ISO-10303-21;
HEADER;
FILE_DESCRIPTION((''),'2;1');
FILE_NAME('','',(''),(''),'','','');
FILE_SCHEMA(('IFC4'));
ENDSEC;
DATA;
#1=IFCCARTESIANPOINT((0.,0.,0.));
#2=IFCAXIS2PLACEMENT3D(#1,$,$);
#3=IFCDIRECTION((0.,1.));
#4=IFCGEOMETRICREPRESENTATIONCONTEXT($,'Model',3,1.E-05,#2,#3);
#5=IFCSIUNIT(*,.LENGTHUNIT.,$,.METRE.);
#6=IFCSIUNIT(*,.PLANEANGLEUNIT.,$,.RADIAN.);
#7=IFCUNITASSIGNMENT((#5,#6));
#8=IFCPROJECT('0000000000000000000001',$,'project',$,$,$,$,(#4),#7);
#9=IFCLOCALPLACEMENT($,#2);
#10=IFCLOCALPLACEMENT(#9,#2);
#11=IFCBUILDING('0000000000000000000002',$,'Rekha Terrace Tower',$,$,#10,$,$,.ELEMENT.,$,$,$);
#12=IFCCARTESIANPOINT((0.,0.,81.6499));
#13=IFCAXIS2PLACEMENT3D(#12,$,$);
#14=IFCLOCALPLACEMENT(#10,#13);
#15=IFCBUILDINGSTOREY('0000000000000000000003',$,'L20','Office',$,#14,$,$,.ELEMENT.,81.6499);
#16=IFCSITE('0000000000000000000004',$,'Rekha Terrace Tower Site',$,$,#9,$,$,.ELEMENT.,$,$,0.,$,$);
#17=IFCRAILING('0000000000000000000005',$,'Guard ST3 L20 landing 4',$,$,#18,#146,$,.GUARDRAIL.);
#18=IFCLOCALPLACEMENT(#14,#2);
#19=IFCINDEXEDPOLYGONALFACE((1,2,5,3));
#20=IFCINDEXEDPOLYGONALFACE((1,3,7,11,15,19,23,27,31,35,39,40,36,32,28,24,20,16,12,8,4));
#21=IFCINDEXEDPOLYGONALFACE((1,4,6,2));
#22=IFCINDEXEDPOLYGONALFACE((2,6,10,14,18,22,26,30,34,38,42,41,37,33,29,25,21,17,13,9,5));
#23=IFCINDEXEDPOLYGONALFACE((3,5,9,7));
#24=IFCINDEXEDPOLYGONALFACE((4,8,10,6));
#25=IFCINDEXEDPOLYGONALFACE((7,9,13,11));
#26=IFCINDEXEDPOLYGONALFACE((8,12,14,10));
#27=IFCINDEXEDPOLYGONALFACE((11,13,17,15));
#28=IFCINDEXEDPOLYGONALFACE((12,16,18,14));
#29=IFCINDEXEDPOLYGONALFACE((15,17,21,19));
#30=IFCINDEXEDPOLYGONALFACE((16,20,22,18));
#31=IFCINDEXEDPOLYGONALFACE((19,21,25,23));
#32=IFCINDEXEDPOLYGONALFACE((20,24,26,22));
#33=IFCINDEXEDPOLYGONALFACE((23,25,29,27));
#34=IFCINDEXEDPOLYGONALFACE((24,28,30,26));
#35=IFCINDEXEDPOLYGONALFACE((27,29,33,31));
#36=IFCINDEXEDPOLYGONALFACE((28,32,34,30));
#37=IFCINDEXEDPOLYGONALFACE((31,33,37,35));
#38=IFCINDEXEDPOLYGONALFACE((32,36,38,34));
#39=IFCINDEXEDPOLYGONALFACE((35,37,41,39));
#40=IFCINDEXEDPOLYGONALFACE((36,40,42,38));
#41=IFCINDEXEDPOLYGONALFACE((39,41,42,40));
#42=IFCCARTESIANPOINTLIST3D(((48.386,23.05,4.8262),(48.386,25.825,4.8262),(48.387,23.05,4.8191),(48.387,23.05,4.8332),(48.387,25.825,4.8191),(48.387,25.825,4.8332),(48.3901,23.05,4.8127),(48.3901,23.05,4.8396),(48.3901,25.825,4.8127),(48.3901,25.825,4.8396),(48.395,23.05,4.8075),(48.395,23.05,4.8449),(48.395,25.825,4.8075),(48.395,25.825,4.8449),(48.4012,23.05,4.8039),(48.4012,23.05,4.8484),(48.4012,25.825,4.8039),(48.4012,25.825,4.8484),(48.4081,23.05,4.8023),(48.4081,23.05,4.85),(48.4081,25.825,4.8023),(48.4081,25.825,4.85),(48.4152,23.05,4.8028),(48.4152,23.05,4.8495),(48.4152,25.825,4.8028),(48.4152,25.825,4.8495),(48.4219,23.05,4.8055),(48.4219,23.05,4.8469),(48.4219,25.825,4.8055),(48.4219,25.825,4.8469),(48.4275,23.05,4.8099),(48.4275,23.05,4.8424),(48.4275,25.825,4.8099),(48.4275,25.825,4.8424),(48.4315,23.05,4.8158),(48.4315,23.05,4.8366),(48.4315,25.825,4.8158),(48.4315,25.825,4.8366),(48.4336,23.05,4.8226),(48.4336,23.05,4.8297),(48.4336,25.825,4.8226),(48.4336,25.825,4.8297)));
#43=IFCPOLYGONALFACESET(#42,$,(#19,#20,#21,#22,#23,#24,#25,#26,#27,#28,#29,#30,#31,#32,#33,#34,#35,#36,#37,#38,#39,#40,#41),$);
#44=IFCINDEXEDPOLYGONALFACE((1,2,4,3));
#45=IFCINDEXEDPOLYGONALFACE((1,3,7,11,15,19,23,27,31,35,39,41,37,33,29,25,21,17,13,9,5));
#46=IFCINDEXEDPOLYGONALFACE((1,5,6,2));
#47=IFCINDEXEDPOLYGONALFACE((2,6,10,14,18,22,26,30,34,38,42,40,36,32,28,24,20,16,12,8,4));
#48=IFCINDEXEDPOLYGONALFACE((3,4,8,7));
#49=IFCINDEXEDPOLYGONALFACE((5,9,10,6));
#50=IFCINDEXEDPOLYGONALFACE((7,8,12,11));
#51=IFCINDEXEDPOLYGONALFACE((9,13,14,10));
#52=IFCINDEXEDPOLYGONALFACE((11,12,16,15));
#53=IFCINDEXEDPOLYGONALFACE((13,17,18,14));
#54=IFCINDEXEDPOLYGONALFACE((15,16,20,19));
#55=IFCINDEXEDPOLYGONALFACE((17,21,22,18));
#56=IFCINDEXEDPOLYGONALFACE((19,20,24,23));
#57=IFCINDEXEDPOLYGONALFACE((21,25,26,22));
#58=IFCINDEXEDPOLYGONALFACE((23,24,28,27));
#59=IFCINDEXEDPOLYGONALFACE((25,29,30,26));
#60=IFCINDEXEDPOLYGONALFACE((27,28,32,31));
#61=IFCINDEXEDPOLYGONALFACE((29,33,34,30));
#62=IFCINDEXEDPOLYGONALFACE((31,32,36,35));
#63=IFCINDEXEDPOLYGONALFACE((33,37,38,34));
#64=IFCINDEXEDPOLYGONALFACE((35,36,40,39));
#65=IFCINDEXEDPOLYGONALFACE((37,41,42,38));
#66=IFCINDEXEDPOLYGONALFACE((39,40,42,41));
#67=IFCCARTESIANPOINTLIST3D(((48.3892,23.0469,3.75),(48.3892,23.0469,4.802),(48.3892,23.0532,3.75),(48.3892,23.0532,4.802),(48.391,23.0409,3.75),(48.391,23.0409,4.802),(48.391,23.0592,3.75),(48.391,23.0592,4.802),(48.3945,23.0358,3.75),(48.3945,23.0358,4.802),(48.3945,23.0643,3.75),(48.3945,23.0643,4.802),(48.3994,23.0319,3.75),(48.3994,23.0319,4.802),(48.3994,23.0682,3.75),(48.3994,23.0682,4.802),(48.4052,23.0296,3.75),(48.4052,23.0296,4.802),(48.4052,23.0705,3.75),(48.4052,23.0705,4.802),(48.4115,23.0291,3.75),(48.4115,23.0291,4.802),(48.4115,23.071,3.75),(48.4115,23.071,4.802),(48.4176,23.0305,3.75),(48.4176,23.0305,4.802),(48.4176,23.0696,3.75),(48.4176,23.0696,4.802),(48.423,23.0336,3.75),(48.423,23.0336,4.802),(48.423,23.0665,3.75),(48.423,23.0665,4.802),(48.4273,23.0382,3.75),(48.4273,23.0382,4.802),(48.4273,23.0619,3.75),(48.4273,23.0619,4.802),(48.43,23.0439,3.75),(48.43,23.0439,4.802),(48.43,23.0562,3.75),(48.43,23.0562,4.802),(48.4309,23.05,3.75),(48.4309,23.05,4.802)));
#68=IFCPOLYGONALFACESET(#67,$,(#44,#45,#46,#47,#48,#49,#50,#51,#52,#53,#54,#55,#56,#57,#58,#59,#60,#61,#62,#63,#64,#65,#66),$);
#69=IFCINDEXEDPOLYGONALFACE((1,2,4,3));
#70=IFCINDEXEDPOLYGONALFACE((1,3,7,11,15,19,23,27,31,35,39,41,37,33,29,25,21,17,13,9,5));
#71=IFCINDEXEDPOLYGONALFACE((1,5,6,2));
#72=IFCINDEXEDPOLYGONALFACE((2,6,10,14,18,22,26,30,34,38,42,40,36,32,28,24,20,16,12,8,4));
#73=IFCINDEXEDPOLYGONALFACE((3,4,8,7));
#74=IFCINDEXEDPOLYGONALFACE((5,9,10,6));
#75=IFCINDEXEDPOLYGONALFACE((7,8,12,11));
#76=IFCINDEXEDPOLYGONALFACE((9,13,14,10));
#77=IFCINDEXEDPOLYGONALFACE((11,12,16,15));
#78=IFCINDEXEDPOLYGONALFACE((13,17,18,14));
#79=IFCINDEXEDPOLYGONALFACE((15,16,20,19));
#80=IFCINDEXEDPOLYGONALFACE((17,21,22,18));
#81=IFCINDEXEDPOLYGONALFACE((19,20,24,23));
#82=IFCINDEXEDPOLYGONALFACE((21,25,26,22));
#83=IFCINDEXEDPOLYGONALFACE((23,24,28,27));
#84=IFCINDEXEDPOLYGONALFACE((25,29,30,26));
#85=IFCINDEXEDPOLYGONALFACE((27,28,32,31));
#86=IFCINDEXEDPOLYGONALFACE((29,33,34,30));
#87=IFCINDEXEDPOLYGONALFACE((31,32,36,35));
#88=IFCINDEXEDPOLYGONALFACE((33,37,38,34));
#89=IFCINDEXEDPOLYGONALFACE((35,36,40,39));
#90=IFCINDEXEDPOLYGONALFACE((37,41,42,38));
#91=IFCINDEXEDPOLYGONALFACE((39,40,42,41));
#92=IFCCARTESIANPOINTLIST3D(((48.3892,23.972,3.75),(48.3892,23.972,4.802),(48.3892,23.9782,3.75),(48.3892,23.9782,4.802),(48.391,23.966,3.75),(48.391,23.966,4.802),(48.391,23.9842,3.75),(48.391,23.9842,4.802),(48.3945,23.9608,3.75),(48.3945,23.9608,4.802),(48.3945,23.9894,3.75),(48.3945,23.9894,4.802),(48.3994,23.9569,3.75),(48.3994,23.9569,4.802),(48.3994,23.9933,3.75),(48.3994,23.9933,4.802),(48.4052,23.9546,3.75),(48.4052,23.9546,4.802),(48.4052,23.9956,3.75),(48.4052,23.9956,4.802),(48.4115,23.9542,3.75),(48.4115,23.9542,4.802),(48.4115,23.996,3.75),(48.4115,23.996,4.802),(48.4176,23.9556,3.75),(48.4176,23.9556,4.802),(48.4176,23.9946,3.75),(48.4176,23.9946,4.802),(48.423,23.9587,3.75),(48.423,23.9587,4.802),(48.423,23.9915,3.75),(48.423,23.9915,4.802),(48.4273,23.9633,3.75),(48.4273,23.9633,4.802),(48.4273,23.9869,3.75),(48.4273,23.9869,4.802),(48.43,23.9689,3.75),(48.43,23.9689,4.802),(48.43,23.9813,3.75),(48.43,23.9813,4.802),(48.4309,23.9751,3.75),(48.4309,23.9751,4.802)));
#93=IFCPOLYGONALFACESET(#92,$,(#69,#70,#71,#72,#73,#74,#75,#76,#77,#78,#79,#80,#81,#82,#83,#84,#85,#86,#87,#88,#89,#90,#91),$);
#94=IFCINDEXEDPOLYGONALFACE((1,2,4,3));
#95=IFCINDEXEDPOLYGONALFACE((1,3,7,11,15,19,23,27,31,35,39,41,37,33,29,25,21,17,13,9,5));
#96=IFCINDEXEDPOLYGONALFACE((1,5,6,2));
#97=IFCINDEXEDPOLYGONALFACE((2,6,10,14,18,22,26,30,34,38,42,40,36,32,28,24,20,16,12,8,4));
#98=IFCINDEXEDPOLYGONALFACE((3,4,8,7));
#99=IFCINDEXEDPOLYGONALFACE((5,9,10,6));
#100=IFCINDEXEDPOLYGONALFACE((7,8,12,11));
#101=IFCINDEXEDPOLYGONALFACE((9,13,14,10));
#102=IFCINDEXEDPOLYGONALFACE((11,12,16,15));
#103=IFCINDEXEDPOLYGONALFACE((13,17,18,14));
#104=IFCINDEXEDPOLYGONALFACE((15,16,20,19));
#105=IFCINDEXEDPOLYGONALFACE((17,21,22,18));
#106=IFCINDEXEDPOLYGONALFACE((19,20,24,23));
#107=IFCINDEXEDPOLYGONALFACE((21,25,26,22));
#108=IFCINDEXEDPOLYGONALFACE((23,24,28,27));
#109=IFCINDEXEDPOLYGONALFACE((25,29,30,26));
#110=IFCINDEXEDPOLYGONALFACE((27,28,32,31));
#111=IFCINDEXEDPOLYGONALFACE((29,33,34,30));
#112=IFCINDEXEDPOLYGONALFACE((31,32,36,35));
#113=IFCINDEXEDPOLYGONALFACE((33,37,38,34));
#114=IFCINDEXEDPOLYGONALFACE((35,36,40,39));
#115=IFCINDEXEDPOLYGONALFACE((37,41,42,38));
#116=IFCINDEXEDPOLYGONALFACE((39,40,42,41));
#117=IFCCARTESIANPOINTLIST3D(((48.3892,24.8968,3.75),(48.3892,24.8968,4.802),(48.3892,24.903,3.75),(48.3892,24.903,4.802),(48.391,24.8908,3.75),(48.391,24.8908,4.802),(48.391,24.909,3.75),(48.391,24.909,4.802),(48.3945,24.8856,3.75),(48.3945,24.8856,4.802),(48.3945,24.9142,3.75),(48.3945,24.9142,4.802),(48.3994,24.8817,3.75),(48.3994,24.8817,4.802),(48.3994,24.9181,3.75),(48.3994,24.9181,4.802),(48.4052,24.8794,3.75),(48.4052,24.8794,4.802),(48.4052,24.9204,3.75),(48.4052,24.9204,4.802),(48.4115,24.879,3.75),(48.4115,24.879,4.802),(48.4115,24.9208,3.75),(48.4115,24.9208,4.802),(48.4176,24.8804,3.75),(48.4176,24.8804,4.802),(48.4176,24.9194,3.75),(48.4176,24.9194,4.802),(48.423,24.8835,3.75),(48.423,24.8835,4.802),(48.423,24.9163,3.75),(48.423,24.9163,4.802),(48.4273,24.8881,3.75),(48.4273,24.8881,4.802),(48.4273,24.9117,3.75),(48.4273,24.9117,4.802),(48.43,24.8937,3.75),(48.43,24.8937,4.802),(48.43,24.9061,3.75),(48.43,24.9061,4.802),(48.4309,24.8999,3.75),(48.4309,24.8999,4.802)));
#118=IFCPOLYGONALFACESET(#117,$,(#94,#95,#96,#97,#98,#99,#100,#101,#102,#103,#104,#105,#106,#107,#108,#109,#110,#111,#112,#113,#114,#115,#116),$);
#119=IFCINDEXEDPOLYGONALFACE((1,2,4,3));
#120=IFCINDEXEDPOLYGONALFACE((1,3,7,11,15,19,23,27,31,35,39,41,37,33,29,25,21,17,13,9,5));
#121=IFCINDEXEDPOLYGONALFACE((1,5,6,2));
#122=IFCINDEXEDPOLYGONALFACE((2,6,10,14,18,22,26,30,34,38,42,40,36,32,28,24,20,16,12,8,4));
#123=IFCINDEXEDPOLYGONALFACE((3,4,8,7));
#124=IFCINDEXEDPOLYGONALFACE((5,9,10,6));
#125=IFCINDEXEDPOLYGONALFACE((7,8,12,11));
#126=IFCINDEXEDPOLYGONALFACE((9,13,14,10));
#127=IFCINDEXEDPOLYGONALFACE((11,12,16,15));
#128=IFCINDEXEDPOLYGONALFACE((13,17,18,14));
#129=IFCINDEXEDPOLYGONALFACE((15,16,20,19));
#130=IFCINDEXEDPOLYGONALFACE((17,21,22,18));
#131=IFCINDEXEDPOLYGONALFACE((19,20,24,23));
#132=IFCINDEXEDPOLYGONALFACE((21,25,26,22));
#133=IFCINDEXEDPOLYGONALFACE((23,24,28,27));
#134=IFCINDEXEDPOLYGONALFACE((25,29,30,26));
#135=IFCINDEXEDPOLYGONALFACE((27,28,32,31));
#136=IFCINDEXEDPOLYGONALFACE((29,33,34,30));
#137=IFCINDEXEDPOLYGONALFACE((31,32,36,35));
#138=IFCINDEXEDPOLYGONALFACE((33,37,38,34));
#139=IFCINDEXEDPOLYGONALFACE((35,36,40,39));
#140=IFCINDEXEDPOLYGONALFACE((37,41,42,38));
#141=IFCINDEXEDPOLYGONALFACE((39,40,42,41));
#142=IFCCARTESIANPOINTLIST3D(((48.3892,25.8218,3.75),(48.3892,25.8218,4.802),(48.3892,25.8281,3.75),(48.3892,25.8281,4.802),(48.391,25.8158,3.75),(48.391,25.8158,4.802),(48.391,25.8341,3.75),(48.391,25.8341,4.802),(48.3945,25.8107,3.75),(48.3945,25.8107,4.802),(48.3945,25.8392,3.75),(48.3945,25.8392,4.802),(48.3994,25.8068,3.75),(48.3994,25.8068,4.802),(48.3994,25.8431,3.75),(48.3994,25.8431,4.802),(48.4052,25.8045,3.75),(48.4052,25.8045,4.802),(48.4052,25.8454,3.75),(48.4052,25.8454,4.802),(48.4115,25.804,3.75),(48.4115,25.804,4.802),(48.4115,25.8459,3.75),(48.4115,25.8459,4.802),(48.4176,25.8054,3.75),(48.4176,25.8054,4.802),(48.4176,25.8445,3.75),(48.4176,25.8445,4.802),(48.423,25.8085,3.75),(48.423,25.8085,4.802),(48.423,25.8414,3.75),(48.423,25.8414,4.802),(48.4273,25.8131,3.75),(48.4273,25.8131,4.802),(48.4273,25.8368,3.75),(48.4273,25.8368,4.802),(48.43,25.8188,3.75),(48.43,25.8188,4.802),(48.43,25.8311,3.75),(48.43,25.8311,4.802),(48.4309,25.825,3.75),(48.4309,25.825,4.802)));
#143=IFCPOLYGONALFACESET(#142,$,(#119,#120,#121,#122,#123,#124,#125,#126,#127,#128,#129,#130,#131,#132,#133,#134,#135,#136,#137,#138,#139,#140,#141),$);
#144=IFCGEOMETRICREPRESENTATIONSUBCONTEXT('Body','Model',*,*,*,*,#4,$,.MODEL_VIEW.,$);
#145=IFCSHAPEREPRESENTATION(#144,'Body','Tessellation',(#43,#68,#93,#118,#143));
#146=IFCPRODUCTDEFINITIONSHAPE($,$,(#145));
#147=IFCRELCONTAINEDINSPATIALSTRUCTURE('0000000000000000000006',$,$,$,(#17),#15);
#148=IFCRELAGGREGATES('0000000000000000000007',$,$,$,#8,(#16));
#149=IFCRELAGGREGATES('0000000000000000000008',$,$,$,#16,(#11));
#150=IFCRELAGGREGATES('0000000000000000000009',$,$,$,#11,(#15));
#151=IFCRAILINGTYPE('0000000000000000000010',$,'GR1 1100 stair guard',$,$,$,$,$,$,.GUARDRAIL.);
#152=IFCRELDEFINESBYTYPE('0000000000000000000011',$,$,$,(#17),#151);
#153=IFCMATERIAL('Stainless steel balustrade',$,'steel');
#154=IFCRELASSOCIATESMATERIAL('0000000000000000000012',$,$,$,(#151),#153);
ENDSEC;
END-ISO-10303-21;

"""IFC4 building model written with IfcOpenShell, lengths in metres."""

from ifc_helpers import new_model, si_unit, direction, frame, origin, origin_2d, place, context, subcontext, project, spatial, circle, extrude, material, type_object, element, save


model = new_model("IFC4")

# Units and contexts
model_context = context("Model", 3, precision=1e-05, world=origin(), true_north=direction((0.0, 1.0)))
body_context = subcontext(model_context, "Body", "Model", "MODEL_VIEW")
ifc_project = project(units=[si_unit("LENGTHUNIT", "METRE"), si_unit("PLANEANGLEUNIT", "RADIAN")], contexts=[model_context])

# Site, building, storey
site_placement = place(None, origin())
site = spatial("IfcSite", under=ifc_project, at=site_placement, Name="Rekha Terrace Tower Site", CompositionType="ELEMENT", RefElevation=0.0)
building_placement = place(site_placement, origin())
building = spatial("IfcBuilding", under=site, at=building_placement, Name="Rekha Terrace Tower", CompositionType="ELEMENT")
storey_placement = place(building_placement, frame((0.0, 0.0, 81.6499)))
storey = spatial("IfcBuildingStorey", under=building, at=storey_placement, Name="L20", Description="Office", CompositionType="ELEMENT", Elevation=81.6499)

# Railing
ifc_material_1 = material(Name="Stainless steel balustrade", Category="steel")
railing_type_1 = type_object("IfcRailingType", Name="GR1 1100 stair guard", PredefinedType="GUARDRAIL", material=ifc_material_1)
railing_1_placement = place(storey_placement, frame((48.4099, 23.05, 3.75)))
element("IfcRailing", 1, at=railing_1_placement, inside=storey, type_object=railing_type_1, Name="Guard ST3 L20 landing 4", PredefinedType="GUARDRAIL", context=body_context, shape_type="SweptSolid", body=[
    extrude(circle(Radius=0.0239, at=origin_2d()), frame((0.0, 0.0, 1.0762), z_axis=(0.0, 1.0, 0.0), x_axis=(-1.0, 0.0, 0.0)), (0.0, 0.0, 1.0), 2.7749),
    extrude(circle(Radius=0.021, at=origin_2d()), origin(), (0.0, 0.0, 1.0), 1.052),
    extrude(circle(Radius=0.021, at=origin_2d()), frame((0.0, 0.925, 0.0)), (0.0, 0.0, 1.0), 1.052),
    extrude(circle(Radius=0.021, at=origin_2d()), frame((0.0, 1.8499, 0.0)), (0.0, 0.0, 1.0), 1.052),
    extrude(circle(Radius=0.021, at=origin_2d()), frame((0.0, 2.7749, 0.0)), (0.0, 0.0, 1.0), 1.052),
])

save(model, "model.ifc")
